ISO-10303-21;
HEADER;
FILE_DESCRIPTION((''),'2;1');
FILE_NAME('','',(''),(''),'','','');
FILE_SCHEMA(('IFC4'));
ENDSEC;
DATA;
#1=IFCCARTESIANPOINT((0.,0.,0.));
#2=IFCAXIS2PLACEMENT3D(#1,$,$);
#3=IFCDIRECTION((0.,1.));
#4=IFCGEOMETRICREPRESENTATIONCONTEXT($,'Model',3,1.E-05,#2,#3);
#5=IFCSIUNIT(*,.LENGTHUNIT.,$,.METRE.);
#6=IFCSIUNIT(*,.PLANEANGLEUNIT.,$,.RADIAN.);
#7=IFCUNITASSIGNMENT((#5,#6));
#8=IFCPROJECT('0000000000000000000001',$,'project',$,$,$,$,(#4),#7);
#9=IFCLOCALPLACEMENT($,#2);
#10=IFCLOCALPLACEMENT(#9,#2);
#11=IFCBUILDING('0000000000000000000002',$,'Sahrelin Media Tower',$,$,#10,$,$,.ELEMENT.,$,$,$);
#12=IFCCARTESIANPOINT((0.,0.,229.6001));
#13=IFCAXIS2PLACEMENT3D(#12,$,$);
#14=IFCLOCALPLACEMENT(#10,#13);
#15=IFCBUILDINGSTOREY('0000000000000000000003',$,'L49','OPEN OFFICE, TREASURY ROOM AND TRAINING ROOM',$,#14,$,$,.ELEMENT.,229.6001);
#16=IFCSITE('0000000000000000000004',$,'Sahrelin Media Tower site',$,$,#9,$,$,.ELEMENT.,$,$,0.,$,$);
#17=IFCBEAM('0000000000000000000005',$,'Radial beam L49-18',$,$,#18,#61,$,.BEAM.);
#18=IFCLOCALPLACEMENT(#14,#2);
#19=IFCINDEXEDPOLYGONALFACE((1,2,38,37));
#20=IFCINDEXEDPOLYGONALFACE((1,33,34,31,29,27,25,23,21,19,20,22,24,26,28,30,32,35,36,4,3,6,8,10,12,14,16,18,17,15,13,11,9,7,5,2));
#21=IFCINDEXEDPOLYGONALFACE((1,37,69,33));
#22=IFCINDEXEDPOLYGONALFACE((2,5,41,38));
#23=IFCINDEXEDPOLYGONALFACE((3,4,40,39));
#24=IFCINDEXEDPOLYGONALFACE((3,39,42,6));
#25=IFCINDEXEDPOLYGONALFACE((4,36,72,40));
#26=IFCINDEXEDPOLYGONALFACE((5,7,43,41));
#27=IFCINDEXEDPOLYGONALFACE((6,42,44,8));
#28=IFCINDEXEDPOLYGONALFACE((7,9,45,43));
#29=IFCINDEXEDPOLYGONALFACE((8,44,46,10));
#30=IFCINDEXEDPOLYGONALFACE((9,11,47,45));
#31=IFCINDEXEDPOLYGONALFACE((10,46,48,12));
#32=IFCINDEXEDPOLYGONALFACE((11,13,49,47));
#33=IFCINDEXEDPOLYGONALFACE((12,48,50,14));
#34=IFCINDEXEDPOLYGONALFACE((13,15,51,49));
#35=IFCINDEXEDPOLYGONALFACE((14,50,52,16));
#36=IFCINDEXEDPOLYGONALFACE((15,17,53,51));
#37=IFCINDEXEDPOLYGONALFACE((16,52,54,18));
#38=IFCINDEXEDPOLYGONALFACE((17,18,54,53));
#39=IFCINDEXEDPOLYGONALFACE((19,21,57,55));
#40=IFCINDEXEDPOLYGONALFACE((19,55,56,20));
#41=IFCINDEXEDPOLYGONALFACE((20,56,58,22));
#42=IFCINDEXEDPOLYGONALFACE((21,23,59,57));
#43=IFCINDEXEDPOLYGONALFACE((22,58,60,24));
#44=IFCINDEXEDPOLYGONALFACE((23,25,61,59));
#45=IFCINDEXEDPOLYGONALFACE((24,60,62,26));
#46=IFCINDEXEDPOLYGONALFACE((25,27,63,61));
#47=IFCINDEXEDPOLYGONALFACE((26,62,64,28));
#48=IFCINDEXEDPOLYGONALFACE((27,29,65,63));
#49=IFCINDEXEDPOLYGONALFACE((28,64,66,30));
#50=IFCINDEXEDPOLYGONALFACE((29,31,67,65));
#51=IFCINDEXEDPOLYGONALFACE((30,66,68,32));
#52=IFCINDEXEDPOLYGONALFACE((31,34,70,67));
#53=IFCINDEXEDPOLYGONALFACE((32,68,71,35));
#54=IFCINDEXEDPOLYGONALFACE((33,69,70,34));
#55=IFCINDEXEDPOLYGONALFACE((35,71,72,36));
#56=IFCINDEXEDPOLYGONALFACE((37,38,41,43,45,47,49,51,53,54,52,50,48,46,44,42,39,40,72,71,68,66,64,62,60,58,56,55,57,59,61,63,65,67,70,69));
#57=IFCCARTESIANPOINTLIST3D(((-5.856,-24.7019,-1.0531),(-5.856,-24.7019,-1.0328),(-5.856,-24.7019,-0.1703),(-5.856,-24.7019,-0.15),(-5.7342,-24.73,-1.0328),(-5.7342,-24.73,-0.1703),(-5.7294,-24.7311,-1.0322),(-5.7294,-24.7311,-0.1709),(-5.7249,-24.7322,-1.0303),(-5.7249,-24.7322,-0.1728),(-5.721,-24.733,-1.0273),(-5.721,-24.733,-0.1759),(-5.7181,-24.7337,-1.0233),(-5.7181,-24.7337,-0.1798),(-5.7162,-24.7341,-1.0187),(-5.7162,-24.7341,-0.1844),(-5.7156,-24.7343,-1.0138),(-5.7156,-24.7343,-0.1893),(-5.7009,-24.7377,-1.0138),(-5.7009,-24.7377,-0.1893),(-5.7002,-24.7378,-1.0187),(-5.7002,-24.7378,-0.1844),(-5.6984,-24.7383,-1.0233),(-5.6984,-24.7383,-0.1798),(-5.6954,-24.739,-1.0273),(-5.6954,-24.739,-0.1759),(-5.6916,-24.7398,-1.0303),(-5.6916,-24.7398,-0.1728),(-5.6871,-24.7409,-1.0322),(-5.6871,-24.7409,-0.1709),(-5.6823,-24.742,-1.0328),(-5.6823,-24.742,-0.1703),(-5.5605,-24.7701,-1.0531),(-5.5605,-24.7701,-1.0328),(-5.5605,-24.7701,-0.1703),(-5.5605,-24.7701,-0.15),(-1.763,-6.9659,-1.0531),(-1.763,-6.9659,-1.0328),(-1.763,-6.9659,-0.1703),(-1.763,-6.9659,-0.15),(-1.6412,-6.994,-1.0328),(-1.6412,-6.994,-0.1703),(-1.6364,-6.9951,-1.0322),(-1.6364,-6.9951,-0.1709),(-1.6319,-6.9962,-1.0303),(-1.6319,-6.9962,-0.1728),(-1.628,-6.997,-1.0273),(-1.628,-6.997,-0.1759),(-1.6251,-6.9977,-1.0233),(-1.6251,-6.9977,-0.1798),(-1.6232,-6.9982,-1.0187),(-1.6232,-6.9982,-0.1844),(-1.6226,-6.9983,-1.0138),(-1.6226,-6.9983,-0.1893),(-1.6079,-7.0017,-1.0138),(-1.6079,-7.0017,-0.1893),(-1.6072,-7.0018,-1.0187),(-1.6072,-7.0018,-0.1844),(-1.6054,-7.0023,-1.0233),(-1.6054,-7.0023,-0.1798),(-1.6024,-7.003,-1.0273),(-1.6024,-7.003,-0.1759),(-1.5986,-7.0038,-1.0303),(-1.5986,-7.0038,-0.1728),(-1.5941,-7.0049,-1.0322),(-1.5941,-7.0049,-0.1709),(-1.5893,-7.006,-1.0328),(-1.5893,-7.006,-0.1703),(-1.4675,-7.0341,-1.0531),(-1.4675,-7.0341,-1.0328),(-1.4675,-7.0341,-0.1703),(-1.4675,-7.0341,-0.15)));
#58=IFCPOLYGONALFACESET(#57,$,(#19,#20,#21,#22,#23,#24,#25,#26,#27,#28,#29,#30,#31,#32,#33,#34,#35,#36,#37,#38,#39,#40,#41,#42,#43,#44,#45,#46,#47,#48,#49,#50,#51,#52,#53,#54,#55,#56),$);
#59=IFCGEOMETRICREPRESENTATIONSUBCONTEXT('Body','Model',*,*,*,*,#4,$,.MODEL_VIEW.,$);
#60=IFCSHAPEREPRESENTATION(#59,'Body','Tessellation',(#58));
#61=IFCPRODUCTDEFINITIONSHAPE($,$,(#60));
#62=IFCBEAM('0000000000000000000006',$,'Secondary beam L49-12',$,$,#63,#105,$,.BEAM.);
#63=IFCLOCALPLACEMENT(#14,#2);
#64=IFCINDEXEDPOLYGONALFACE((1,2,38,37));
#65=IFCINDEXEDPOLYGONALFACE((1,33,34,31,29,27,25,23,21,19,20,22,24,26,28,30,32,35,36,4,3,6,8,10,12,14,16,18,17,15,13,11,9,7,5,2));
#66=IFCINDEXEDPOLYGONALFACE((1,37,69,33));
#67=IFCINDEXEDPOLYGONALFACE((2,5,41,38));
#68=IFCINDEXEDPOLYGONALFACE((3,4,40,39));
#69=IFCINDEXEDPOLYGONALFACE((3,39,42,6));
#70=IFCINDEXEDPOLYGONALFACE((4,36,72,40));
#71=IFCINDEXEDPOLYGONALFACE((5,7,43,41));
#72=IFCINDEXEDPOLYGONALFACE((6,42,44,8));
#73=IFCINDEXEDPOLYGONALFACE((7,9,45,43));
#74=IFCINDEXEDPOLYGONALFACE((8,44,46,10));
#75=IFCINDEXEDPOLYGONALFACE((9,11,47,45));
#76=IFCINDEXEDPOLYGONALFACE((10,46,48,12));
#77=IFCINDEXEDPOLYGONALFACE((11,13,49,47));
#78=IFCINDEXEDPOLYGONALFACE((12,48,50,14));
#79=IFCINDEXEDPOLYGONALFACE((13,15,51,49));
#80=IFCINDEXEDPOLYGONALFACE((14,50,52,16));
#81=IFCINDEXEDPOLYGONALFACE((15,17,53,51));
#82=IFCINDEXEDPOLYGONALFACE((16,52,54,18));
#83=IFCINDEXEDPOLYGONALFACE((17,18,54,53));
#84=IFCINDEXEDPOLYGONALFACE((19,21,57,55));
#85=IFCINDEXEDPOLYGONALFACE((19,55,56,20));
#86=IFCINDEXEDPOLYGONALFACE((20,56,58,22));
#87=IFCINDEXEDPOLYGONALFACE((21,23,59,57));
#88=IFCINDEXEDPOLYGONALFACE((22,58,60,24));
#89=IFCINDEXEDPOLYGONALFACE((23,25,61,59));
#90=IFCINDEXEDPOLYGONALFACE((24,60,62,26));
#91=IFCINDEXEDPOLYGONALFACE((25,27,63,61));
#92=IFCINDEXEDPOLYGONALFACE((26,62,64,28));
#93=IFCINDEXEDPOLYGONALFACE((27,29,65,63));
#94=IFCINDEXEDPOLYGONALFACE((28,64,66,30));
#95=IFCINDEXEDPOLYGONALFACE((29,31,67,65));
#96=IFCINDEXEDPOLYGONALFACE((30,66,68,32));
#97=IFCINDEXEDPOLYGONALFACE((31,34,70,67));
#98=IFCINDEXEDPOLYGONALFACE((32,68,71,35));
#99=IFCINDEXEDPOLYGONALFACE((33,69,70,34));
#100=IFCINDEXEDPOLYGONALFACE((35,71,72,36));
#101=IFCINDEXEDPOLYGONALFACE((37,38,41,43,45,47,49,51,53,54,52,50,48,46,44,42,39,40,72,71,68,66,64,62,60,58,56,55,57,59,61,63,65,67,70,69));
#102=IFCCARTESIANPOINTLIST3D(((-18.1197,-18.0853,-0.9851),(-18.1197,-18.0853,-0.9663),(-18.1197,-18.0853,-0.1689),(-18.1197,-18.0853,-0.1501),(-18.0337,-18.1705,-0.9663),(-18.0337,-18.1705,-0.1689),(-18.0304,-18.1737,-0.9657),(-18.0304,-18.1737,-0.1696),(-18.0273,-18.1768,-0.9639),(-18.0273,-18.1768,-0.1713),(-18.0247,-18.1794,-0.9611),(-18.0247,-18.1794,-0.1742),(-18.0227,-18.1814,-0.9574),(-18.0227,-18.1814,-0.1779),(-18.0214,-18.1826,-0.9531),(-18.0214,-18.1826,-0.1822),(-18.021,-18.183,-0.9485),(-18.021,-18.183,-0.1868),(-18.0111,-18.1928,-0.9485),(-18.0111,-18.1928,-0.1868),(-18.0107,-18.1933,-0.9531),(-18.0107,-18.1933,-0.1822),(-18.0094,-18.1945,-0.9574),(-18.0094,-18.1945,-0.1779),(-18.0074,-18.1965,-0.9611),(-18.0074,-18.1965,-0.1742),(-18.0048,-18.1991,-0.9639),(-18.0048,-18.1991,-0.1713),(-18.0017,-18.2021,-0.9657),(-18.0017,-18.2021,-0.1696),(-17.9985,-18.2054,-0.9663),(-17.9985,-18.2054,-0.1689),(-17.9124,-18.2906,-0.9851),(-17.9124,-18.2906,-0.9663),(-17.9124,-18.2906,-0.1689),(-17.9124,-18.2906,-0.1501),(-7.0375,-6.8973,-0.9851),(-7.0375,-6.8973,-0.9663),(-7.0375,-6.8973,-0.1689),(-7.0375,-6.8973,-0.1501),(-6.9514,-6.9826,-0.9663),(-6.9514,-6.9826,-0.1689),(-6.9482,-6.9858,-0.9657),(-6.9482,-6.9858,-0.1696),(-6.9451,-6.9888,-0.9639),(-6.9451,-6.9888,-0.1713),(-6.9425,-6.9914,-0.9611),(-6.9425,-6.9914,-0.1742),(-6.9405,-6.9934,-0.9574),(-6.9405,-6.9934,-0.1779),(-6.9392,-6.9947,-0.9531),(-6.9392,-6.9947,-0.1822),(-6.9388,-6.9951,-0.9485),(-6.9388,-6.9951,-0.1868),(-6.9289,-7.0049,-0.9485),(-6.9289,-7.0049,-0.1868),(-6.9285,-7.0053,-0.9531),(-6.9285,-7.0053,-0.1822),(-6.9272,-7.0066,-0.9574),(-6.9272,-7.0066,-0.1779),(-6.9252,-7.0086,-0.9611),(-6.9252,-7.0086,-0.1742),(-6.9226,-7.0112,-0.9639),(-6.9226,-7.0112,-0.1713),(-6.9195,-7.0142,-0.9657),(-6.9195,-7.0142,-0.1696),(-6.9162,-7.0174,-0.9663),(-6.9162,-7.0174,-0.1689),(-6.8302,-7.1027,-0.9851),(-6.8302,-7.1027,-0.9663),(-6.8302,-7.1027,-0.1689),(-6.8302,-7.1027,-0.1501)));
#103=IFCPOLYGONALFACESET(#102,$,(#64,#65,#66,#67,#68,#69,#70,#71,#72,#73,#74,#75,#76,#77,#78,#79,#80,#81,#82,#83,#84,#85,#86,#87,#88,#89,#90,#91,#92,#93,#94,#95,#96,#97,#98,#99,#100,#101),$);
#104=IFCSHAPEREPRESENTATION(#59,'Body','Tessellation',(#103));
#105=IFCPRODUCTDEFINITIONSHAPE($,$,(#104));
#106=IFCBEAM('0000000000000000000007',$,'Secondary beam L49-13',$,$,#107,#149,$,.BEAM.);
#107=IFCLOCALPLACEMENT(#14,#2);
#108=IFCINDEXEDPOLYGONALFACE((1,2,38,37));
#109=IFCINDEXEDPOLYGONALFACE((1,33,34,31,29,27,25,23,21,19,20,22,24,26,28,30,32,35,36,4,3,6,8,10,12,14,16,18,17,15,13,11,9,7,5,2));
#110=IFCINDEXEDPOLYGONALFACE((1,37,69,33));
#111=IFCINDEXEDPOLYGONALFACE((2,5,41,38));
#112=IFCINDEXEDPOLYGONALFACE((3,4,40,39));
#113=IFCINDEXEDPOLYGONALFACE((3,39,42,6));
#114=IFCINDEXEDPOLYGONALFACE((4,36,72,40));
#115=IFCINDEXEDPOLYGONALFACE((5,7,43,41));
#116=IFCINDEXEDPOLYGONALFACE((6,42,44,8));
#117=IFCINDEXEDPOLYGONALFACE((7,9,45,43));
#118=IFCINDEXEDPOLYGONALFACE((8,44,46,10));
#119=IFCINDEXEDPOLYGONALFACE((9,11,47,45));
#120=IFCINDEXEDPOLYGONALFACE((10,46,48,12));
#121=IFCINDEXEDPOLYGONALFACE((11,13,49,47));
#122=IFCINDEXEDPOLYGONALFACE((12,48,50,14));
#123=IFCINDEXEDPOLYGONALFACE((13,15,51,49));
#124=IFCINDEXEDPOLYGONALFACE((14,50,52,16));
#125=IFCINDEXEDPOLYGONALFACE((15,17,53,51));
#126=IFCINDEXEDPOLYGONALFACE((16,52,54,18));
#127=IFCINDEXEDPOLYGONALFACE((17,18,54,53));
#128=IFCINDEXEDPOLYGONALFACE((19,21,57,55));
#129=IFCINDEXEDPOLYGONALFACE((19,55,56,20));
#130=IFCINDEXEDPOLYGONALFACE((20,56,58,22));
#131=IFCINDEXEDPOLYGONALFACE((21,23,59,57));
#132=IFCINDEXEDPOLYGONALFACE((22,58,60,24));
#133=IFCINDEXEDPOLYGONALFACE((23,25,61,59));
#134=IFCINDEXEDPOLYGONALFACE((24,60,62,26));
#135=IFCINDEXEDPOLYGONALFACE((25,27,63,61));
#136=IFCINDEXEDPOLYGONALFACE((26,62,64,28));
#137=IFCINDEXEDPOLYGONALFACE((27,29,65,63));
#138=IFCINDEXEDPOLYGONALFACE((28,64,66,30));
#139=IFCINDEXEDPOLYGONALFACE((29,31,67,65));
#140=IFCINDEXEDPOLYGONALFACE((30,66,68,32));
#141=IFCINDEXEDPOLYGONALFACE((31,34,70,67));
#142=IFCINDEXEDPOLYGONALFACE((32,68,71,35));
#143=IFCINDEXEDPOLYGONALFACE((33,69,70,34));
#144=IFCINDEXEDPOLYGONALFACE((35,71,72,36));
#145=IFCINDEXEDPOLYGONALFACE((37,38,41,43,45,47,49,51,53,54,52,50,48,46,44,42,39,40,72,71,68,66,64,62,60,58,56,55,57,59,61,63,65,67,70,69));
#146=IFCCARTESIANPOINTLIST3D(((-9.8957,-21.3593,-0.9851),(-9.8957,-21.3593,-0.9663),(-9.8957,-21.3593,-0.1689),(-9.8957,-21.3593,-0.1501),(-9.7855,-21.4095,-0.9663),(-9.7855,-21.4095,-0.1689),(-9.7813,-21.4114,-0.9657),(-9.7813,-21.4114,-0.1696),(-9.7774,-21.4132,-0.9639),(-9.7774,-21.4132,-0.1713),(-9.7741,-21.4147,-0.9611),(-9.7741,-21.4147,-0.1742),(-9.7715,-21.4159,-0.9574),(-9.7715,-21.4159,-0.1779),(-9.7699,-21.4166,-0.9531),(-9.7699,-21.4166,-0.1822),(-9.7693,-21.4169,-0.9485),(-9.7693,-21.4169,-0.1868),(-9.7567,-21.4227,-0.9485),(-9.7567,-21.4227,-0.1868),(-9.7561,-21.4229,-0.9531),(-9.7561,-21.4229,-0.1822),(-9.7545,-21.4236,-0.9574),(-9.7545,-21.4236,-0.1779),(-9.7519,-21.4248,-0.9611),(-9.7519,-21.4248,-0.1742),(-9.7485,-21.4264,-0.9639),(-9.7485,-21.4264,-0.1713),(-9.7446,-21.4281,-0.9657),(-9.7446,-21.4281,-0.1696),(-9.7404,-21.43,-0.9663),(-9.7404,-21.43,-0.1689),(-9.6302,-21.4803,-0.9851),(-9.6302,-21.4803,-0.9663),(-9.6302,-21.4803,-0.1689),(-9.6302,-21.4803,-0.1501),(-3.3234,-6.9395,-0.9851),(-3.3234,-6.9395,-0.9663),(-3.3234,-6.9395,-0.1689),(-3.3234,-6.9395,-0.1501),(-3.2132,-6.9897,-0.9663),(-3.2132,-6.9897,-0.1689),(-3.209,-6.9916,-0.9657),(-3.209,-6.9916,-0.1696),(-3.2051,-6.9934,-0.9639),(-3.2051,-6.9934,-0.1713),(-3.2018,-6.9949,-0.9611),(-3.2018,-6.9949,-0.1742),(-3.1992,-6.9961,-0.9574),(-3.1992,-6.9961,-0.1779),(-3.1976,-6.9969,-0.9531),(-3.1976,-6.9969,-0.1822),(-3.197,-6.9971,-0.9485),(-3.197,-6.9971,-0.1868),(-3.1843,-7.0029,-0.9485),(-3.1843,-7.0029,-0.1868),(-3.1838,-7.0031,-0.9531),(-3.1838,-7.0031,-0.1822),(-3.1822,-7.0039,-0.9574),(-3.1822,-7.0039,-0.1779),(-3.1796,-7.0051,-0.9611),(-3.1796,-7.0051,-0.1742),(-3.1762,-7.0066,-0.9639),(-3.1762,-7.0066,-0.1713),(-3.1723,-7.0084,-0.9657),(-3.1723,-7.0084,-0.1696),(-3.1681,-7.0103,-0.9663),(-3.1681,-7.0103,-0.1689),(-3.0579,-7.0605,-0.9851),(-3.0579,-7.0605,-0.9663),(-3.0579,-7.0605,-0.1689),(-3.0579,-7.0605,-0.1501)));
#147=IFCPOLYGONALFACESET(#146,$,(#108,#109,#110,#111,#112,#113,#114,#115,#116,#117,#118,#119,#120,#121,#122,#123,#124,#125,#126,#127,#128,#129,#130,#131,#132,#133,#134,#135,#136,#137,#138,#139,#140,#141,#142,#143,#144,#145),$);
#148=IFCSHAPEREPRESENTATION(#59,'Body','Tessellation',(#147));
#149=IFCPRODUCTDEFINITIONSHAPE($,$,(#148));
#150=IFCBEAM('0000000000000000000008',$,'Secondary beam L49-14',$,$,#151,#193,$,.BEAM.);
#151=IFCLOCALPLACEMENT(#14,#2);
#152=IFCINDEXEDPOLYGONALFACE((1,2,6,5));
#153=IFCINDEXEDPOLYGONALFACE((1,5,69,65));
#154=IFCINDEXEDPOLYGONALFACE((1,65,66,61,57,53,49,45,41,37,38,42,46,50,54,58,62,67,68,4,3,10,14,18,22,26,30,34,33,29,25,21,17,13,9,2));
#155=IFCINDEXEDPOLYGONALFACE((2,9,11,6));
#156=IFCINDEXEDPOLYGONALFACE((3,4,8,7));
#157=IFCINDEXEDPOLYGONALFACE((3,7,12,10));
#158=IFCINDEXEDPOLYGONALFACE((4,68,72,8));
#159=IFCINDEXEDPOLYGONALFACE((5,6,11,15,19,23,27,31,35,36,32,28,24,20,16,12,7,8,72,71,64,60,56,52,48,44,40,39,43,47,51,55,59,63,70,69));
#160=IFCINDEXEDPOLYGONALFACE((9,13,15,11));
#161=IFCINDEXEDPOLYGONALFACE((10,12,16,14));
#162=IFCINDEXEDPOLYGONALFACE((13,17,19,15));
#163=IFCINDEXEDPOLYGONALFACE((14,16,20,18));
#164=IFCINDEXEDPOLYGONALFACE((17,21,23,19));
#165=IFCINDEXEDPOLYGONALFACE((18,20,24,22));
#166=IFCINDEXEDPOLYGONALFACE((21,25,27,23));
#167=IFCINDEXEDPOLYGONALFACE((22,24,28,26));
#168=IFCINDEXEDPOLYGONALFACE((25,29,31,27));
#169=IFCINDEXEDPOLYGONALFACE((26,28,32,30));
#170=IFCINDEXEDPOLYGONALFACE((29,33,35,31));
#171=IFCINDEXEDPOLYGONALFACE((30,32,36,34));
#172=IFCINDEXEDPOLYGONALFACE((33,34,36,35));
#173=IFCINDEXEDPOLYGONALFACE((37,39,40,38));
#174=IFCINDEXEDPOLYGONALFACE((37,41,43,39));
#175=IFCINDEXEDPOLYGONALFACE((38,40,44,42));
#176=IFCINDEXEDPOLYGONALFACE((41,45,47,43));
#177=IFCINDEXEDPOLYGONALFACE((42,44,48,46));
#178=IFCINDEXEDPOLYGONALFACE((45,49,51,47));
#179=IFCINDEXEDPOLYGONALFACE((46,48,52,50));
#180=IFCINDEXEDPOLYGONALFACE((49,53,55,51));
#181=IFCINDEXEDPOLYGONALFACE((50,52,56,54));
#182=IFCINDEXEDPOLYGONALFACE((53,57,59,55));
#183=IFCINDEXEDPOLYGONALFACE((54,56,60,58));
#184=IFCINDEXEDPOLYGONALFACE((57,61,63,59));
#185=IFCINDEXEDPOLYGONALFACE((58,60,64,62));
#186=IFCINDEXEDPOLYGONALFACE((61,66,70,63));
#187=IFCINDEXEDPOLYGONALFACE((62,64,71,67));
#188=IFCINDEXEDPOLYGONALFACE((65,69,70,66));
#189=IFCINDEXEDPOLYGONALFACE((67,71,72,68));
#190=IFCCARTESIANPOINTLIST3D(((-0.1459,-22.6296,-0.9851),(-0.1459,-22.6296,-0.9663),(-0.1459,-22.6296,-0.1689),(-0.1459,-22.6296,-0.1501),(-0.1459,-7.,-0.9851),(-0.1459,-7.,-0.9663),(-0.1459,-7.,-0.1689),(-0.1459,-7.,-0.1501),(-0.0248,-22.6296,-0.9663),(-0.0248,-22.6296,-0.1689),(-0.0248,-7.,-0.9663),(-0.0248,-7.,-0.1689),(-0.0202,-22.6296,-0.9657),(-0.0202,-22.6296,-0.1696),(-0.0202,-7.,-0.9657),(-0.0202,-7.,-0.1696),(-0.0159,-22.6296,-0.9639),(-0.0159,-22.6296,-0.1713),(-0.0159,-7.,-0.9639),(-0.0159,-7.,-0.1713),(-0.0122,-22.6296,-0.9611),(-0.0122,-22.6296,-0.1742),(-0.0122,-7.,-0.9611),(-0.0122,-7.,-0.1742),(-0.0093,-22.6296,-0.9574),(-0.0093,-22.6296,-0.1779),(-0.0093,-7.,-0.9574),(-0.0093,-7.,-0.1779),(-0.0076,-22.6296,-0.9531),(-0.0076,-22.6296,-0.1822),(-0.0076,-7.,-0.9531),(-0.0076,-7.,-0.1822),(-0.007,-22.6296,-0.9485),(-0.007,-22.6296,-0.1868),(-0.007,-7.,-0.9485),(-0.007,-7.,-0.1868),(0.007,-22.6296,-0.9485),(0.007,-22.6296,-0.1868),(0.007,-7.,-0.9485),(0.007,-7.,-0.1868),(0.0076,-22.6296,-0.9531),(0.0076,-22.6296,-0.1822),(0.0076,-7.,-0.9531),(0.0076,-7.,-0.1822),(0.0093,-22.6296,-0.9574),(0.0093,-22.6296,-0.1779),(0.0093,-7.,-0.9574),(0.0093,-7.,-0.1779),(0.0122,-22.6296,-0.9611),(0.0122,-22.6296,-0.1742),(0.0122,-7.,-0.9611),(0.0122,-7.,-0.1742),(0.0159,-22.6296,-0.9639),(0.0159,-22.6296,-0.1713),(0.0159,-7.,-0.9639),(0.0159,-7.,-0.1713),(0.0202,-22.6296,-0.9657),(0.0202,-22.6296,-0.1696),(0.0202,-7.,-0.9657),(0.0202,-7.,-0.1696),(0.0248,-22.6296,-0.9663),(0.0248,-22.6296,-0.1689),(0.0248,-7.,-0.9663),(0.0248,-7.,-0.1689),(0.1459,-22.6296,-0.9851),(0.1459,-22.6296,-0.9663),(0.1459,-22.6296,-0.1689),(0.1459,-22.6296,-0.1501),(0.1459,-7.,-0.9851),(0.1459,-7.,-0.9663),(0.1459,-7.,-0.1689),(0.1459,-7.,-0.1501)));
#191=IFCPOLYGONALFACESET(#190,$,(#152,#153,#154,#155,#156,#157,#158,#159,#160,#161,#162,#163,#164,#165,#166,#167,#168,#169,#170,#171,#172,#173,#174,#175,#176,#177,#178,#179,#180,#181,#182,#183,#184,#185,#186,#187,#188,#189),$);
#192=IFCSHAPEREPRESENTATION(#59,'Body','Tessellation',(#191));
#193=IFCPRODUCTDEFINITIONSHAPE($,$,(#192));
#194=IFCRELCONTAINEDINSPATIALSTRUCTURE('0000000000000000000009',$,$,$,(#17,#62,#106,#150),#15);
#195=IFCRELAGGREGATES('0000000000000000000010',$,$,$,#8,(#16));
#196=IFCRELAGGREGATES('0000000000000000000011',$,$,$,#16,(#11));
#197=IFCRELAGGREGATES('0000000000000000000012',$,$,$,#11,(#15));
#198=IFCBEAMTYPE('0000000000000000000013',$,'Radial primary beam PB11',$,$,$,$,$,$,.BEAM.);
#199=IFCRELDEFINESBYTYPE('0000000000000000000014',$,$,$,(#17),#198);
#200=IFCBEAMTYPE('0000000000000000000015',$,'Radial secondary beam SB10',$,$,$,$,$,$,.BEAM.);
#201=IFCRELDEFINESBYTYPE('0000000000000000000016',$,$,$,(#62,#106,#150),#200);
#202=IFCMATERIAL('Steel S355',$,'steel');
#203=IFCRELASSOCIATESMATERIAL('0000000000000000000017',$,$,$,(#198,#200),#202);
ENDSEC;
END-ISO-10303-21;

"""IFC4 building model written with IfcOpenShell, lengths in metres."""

from ifc_helpers import new_model, si_unit, direction, frame, origin, origin_2d, place, context, subcontext, project, spatial, i_section, extrude, material, material_profile, profile_set, type_object, element, save


model = new_model("IFC4")

# Units and contexts
model_context = context("Model", 3, precision=1e-05, world=origin(), true_north=direction((0.0, 1.0)))
body_context = subcontext(model_context, "Body", "Model", "MODEL_VIEW")
ifc_project = project(units=[si_unit("LENGTHUNIT", "METRE"), si_unit("PLANEANGLEUNIT", "RADIAN")], contexts=[model_context])

# Site, building, storey
site_placement = place(None, origin())
site = spatial("IfcSite", under=ifc_project, at=site_placement, Name="Sahrelin Media Tower site", CompositionType="ELEMENT", RefElevation=0.0)
building_placement = place(site_placement, origin())
building = spatial("IfcBuilding", under=site, at=building_placement, Name="Sahrelin Media Tower", CompositionType="ELEMENT")
storey_placement = place(building_placement, frame((0.0, 0.0, 229.6001)))
storey = spatial("IfcBuildingStorey", under=building, at=storey_placement, Name="L49", Description="OPEN OFFICE, TREASURY ROOM AND TRAINING ROOM", CompositionType="ELEMENT", Elevation=229.6001)

# Shared definitions
ifc_material_1 = material(Name="Steel S355", Category="steel")

# Beams
ifc_material_profile_1 = material_profile(ifc_material_1, i_section(OverallWidth=0.3032, OverallDepth=0.9031, WebThickness=0.0151, FlangeThickness=0.0203, FilletRadius=0.019, at=origin_2d()), Name="UB 914x305x201")
ifc_profile_set_1 = profile_set([ifc_material_profile_1], Name="Steel S355")
beam_type_1 = type_object("IfcBeamType", Name="Radial primary beam PB11", PredefinedType="BEAM", material=ifc_profile_set_1)
beam_1_placement = place(storey_placement, frame((-1.6152, -7.0, -0.6016), z_axis=(-0.224863, -0.97439, 0.0), x_axis=(0.97439, -0.224863, 0.0)))
element("IfcBeam", 1, at=beam_1_placement, inside=storey, type_object=beam_type_1, Name="Radial beam L49-18", PredefinedType="BEAM", context=body_context, shape_type="SweptSolid", body=[
    extrude(i_section(OverallWidth=0.3032, OverallDepth=0.9031, WebThickness=0.0151, FlangeThickness=0.0203, FilletRadius=0.019, at=origin_2d()), origin(), (0.0, 0.0, 1.0), 18.2021),
])
ifc_material_profile_2 = material_profile(ifc_material_1, i_section(OverallWidth=0.2917, OverallDepth=0.835, WebThickness=0.0139, FlangeThickness=0.0188, FilletRadius=0.0178, at=origin_2d()), Name="UB 838x292x176")
ifc_profile_set_2 = profile_set([ifc_material_profile_2], Name="Steel S355")
beam_type_2 = type_object("IfcBeamType", Name="Radial secondary beam SB10", PredefinedType="BEAM", material=ifc_profile_set_2)
beam_2_placement = place(storey_placement, frame((-6.9338, -7.0, -0.5676), z_axis=(-0.703742, -0.710455, 0.0), x_axis=(0.710455, -0.703742, 0.0)))
element("IfcBeam", 2, at=beam_2_placement, inside=storey, type_object=beam_type_2, Name="Secondary beam L49-12", PredefinedType="BEAM", context=body_context, shape_type="SweptSolid", body=[
    extrude(i_section(OverallWidth=0.2917, OverallDepth=0.835, WebThickness=0.0139, FlangeThickness=0.0188, FilletRadius=0.0178, at=origin_2d()), origin(), (0.0, 0.0, 1.0), 15.7476),
])
beam_3_placement = place(storey_placement, frame((-3.1907, -7.0, -0.5676), z_axis=(-0.414737, -0.909941, 0.0), x_axis=(0.909941, -0.414737, 0.0)))
element("IfcBeam", 3, at=beam_3_placement, inside=storey, type_object=beam_type_2, Name="Secondary beam L49-13", PredefinedType="BEAM", context=body_context, shape_type="SweptSolid", body=[
    extrude(i_section(OverallWidth=0.2917, OverallDepth=0.835, WebThickness=0.0139, FlangeThickness=0.0188, FilletRadius=0.0178, at=origin_2d()), origin(), (0.0, 0.0, 1.0), 15.8469),
])
beam_4_placement = place(storey_placement, frame((0.0, -7.0, -0.5676), z_axis=(0.0, -1.0, 0.0), x_axis=(1.0, 0.0, 0.0)))
element("IfcBeam", 4, at=beam_4_placement, inside=storey, type_object=beam_type_2, Name="Secondary beam L49-14", PredefinedType="BEAM", context=body_context, shape_type="SweptSolid", body=[
    extrude(i_section(OverallWidth=0.2917, OverallDepth=0.835, WebThickness=0.0139, FlangeThickness=0.0188, FilletRadius=0.0178, at=origin_2d()), origin(), (0.0, 0.0, 1.0), 15.6296),
])

save(model, "model.ifc")
